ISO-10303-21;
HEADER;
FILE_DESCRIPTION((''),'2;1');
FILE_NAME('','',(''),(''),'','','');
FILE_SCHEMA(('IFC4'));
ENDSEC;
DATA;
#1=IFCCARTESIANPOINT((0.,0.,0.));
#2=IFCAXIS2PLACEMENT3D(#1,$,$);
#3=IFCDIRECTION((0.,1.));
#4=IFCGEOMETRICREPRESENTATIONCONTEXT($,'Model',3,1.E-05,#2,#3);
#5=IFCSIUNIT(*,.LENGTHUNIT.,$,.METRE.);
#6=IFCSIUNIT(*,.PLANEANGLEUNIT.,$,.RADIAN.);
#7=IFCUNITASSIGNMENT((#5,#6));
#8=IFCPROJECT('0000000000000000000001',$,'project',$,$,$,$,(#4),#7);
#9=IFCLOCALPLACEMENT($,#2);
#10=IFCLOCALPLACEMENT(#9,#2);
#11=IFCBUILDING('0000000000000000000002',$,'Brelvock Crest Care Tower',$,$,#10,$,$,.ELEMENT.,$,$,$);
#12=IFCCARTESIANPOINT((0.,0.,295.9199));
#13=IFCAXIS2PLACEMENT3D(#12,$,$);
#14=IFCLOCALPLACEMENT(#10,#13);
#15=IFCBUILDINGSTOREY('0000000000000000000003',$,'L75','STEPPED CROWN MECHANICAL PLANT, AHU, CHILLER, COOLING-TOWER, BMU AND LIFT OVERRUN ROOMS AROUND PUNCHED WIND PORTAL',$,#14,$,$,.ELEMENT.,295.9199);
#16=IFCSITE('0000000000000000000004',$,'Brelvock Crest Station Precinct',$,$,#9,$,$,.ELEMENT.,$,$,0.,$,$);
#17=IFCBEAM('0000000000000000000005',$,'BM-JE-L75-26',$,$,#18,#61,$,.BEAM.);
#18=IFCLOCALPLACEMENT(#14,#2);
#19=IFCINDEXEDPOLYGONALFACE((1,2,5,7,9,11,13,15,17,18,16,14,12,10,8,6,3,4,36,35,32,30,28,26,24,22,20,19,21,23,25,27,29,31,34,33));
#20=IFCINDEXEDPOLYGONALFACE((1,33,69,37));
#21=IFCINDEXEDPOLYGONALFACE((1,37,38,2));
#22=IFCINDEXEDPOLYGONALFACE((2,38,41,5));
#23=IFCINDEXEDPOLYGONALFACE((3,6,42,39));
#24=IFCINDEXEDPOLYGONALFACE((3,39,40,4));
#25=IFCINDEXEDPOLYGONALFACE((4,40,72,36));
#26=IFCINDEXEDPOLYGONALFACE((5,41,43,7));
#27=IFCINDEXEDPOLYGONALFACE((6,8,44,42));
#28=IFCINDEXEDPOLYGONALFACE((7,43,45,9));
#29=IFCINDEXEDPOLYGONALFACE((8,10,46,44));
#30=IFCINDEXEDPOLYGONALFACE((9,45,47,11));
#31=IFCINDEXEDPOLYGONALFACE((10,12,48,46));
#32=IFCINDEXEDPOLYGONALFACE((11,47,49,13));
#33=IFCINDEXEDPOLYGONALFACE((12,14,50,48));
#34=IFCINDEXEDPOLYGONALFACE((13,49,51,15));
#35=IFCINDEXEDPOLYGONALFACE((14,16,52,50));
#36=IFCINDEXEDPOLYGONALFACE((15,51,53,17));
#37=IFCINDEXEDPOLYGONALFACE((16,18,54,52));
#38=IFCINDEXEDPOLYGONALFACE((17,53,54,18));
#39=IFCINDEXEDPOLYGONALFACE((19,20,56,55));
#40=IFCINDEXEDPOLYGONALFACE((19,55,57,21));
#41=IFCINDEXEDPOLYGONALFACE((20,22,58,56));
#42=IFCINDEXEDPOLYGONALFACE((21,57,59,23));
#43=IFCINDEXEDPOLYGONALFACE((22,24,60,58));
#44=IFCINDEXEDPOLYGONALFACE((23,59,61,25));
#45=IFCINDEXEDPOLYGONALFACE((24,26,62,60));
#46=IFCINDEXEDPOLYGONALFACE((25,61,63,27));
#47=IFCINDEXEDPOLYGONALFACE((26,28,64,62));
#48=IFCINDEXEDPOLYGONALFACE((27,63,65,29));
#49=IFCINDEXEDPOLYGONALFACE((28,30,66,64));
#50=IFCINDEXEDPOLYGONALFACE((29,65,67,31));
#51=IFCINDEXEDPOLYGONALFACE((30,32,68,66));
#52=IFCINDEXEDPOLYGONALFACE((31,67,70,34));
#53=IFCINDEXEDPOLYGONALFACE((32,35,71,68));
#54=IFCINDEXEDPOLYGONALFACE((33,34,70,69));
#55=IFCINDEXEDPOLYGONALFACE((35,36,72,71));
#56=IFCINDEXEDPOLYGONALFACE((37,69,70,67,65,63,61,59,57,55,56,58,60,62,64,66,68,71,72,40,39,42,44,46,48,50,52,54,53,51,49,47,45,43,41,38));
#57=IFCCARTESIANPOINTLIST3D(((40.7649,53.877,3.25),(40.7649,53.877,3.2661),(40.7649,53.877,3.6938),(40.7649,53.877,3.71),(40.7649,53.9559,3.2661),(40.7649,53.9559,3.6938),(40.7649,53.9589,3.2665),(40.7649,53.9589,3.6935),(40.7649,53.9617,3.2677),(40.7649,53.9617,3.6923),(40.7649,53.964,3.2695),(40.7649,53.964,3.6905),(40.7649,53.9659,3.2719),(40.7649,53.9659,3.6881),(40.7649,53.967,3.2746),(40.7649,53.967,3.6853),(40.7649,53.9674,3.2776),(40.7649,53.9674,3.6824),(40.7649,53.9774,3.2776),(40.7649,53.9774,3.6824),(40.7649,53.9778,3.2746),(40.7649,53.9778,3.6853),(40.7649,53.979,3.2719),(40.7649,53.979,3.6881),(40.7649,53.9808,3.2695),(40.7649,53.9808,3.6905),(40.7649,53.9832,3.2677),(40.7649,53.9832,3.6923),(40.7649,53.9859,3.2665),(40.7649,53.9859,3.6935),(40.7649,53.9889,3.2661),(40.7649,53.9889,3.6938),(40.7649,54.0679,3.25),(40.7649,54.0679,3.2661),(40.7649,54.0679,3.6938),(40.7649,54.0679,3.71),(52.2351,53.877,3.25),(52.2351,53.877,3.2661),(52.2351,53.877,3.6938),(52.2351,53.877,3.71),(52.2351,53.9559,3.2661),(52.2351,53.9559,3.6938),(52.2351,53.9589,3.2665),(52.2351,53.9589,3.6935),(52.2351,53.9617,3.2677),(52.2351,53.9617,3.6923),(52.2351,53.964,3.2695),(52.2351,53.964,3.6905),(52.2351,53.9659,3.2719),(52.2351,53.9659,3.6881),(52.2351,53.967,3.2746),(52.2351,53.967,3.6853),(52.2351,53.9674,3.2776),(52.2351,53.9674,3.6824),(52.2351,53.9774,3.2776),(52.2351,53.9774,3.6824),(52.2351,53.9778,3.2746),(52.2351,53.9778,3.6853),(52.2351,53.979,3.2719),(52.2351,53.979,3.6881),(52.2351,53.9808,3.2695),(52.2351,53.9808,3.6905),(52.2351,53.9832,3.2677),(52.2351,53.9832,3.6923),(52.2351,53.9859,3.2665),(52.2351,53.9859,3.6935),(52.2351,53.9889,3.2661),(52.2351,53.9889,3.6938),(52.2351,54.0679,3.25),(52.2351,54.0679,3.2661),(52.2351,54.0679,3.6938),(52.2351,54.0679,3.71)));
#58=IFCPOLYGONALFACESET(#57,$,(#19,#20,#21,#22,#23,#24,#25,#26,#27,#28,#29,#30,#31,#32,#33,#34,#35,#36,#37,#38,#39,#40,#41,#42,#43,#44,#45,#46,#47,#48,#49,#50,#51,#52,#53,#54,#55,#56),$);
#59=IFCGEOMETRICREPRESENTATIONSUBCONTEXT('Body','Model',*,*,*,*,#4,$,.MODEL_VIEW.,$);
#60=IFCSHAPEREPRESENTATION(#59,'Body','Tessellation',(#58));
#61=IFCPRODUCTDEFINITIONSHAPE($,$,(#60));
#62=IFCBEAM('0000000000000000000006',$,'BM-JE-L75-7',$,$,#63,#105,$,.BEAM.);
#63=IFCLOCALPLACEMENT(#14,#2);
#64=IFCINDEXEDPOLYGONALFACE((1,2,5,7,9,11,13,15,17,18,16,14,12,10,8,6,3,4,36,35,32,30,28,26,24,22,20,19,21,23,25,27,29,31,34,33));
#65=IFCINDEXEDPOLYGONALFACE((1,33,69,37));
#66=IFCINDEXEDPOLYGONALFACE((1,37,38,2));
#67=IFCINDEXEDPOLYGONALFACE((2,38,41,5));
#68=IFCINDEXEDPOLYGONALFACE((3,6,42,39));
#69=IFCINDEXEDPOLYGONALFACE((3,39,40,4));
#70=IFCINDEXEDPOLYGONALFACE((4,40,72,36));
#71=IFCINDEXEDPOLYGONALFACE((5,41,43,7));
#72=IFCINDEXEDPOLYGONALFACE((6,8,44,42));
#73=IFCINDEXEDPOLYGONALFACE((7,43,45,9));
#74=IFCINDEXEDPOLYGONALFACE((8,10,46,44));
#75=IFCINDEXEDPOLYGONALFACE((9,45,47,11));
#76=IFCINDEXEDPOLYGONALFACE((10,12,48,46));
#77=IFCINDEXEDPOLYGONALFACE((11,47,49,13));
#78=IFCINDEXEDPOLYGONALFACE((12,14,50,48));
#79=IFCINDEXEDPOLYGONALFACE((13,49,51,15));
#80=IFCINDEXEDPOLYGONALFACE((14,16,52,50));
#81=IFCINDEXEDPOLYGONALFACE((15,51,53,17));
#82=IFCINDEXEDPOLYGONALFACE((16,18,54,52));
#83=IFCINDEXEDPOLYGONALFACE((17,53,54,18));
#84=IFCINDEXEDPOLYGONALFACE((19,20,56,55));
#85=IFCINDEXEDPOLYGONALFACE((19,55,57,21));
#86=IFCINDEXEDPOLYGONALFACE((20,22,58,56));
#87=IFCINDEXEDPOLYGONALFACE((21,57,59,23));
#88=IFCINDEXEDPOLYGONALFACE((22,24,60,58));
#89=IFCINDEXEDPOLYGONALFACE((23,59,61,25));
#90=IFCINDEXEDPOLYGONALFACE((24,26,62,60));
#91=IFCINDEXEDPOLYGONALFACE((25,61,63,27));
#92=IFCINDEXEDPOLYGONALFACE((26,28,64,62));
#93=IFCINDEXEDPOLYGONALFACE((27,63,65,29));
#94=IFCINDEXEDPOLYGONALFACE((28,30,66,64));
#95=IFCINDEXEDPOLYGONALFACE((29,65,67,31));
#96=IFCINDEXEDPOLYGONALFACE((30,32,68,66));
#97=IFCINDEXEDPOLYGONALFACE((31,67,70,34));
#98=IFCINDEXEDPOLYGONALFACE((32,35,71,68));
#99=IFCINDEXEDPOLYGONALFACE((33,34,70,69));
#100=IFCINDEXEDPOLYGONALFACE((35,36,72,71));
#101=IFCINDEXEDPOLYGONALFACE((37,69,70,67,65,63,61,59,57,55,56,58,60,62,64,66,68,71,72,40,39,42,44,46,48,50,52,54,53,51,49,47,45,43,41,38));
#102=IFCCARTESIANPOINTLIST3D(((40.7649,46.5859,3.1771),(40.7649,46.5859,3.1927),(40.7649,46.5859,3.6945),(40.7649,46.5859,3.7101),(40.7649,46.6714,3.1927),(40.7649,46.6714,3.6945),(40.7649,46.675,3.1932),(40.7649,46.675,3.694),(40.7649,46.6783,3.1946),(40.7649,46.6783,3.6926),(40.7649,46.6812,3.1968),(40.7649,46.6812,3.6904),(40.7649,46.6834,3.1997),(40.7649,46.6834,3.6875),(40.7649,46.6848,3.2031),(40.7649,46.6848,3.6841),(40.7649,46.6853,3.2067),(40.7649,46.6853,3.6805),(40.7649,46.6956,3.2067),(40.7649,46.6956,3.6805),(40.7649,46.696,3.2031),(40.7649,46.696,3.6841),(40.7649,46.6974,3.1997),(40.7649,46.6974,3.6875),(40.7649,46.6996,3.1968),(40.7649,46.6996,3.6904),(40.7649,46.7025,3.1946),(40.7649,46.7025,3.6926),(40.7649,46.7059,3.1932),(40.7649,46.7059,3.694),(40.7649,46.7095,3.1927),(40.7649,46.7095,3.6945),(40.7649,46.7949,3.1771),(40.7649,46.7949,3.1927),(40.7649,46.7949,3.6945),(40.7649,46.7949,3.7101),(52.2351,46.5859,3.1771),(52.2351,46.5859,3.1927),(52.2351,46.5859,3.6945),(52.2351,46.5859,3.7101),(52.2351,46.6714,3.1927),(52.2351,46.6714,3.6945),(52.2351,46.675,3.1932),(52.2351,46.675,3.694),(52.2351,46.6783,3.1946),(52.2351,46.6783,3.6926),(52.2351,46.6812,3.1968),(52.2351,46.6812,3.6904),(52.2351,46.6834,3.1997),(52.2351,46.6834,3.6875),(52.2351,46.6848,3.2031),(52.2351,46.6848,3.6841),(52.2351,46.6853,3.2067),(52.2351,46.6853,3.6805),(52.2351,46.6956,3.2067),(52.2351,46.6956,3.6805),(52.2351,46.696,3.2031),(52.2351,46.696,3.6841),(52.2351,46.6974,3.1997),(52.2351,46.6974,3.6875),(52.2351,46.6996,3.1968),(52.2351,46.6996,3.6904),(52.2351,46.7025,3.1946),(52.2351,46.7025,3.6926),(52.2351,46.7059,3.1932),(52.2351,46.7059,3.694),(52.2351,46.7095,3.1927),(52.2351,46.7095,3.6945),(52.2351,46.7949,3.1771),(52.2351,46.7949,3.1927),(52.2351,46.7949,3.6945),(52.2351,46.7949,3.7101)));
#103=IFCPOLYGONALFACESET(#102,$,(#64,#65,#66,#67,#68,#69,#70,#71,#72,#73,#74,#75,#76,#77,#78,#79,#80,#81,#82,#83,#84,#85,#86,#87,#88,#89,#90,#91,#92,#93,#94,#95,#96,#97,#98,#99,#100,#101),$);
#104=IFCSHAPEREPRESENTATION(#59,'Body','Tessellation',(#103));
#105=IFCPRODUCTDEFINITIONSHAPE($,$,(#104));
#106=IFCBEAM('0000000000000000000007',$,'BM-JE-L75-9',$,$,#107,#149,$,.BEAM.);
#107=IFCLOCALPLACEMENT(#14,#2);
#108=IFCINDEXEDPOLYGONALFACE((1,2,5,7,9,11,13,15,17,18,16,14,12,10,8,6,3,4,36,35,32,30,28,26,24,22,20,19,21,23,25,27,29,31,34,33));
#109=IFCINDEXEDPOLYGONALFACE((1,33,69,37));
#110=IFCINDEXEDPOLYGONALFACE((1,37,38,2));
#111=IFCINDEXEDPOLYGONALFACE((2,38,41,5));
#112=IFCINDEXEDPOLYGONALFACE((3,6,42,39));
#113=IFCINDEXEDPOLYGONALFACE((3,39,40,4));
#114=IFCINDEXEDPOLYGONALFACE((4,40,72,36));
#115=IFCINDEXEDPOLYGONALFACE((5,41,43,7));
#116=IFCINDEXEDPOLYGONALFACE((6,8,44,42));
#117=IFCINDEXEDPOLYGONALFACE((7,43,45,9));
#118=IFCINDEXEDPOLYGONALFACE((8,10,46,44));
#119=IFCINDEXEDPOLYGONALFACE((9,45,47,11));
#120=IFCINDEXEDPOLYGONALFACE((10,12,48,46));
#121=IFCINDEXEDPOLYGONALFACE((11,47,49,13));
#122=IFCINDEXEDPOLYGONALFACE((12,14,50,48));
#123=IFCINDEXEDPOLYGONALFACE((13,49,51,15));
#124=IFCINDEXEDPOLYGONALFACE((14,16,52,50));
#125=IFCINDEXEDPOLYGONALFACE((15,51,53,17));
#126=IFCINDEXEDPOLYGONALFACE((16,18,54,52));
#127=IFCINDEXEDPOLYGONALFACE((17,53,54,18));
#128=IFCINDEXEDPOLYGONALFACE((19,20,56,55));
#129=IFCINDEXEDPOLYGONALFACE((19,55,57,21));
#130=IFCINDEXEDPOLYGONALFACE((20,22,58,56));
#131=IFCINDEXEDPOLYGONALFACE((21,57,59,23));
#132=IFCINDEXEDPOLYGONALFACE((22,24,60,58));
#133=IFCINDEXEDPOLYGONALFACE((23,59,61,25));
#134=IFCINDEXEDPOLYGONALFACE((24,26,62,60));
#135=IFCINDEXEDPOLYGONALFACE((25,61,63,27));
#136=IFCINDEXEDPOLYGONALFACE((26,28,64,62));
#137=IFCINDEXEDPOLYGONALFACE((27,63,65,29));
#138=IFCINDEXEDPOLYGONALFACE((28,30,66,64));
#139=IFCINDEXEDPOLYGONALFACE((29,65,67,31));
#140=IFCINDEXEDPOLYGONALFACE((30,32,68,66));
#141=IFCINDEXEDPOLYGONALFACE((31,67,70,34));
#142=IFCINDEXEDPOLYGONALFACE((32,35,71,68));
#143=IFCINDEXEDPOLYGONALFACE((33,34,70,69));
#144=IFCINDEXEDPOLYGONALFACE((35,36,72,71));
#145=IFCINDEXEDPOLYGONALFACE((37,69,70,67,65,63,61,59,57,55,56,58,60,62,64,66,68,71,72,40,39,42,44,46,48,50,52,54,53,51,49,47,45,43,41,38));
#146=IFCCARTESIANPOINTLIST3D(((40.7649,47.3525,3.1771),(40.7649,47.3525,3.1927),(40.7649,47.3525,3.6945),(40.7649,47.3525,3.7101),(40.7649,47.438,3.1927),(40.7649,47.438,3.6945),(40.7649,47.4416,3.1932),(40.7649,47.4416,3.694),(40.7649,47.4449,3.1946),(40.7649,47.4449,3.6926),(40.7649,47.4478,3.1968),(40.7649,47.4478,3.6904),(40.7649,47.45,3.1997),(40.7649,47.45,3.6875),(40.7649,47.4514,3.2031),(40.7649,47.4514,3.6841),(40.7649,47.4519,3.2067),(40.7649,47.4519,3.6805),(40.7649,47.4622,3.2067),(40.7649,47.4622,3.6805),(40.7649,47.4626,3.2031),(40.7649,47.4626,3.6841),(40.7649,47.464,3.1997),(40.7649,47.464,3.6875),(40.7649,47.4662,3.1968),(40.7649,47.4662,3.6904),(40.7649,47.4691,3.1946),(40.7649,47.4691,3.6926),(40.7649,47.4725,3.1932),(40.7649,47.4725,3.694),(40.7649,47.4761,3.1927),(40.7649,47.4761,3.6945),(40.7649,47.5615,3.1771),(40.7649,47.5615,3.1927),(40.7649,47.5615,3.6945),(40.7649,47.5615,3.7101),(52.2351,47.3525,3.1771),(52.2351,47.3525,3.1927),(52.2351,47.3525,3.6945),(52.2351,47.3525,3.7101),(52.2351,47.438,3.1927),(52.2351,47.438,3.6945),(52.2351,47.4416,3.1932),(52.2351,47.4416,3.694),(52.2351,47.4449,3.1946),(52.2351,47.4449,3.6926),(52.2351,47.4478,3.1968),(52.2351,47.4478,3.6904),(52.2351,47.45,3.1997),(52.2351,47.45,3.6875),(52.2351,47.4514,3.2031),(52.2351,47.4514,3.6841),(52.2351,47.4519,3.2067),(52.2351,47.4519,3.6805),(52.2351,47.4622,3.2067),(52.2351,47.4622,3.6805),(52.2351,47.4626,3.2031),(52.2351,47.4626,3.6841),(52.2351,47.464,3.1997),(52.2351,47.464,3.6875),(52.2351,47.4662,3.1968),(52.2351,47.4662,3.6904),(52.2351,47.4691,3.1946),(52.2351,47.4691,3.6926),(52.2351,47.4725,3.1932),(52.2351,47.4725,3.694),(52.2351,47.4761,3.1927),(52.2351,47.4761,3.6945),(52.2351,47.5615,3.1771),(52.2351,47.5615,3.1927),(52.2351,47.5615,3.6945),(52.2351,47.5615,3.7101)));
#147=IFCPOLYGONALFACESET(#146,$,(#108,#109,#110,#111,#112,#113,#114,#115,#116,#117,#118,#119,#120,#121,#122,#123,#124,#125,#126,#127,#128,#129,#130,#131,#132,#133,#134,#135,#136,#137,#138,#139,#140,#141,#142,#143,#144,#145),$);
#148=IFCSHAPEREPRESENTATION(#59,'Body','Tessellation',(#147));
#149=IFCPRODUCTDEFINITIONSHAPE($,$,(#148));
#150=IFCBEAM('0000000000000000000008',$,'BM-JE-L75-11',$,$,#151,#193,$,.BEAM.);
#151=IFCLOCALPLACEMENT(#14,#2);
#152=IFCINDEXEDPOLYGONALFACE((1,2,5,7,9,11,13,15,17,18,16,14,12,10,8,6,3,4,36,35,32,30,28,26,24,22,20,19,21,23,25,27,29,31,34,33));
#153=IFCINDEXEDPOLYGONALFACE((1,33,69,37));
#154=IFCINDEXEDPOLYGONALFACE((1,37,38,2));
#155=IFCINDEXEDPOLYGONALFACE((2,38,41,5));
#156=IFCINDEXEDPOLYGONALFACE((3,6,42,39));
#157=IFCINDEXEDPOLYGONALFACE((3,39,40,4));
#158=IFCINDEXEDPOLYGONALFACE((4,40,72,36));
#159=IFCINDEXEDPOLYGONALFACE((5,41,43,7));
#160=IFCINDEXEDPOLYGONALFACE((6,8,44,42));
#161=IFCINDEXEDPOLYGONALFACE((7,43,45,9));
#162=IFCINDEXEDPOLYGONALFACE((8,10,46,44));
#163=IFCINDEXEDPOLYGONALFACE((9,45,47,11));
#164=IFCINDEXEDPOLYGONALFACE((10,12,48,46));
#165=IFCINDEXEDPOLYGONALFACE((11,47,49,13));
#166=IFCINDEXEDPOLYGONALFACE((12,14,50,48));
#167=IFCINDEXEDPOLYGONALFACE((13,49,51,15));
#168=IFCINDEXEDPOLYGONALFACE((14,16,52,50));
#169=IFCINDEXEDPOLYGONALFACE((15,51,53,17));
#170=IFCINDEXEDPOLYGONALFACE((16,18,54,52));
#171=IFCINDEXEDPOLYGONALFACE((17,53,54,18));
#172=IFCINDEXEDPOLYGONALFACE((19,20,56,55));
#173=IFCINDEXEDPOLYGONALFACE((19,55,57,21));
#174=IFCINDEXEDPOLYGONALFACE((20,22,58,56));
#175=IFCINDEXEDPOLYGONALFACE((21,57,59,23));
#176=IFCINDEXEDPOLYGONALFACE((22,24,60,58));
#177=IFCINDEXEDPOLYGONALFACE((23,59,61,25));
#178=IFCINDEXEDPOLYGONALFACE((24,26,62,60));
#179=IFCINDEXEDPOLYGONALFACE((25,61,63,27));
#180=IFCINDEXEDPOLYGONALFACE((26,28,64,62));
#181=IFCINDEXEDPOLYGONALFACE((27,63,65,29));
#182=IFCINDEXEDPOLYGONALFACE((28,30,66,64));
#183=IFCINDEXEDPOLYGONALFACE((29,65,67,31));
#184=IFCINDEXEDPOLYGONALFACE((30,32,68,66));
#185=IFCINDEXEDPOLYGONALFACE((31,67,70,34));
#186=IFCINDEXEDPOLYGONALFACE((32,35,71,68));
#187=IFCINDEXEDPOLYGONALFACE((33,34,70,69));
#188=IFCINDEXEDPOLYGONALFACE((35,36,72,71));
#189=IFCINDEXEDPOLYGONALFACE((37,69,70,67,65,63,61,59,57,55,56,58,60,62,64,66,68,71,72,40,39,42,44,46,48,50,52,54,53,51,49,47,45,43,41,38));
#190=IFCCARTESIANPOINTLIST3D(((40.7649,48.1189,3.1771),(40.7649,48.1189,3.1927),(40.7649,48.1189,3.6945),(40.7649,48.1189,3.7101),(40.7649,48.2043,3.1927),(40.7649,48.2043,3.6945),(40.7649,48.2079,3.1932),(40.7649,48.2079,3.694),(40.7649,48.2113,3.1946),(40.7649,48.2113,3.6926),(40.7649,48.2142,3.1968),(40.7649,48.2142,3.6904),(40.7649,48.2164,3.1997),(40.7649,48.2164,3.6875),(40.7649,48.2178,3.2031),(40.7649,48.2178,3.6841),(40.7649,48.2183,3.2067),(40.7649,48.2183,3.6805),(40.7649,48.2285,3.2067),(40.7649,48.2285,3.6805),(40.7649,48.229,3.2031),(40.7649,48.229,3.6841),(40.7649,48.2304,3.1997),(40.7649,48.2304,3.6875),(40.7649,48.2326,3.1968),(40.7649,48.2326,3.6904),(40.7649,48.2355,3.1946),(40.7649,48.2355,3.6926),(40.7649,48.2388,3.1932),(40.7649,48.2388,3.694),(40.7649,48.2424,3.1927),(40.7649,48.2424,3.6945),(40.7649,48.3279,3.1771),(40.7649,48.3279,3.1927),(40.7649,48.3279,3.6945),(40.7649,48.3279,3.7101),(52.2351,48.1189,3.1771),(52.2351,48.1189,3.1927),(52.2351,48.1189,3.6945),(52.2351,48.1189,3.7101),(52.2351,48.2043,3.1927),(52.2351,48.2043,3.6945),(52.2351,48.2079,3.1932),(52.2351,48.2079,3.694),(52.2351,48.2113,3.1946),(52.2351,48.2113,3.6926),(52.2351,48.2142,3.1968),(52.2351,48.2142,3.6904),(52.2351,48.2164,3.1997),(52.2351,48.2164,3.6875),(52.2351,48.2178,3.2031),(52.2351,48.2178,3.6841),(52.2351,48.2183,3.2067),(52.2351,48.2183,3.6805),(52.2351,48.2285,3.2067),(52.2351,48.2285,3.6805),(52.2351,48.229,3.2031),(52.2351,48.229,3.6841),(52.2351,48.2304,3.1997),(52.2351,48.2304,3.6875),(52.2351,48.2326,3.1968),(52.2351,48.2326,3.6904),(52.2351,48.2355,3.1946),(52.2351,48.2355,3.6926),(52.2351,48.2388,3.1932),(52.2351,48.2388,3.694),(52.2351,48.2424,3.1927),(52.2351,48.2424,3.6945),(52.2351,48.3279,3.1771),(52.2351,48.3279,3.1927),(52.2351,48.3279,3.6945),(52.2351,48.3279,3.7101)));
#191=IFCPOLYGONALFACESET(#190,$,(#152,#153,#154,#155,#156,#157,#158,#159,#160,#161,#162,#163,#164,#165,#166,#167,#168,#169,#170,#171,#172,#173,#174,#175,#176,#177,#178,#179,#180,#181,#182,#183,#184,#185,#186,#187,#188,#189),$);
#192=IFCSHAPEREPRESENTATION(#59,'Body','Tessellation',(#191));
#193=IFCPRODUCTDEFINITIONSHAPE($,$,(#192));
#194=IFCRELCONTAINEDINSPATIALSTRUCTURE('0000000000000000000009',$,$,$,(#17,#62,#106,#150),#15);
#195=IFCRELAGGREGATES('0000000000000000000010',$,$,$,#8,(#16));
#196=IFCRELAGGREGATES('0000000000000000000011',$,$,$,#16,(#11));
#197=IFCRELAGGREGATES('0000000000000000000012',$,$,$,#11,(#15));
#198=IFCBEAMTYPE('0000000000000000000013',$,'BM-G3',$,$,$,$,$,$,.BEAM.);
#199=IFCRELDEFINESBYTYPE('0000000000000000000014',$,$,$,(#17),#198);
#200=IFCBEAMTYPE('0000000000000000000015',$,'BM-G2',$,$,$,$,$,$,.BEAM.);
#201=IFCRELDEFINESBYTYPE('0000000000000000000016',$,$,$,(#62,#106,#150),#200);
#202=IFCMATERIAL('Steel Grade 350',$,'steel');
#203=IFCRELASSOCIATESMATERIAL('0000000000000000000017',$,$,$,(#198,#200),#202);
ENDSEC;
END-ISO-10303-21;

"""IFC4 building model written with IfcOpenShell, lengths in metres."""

from ifc_helpers import new_model, si_unit, direction, frame, origin, origin_2d, place, context, subcontext, project, spatial, i_section, extrude, source, transform, mapped, material, material_profile, profile_set, type_object, element, save


model = new_model("IFC4")

# Units and contexts
model_context = context("Model", 3, precision=1e-05, world=origin(), true_north=direction((0.0, 1.0)))
body_context = subcontext(model_context, "Body", "Model", "MODEL_VIEW")
ifc_project = project(units=[si_unit("LENGTHUNIT", "METRE"), si_unit("PLANEANGLEUNIT", "RADIAN")], contexts=[model_context])

# Site, building, storey
site_placement = place(None, origin())
site = spatial("IfcSite", under=ifc_project, at=site_placement, Name="Brelvock Crest Station Precinct", CompositionType="ELEMENT", RefElevation=0.0)
building_placement = place(site_placement, origin())
building = spatial("IfcBuilding", under=site, at=building_placement, Name="Brelvock Crest Care Tower", CompositionType="ELEMENT")
storey_placement = place(building_placement, frame((0.0, 0.0, 295.9199)))
storey = spatial("IfcBuildingStorey", under=building, at=storey_placement, Name="L75", Description="STEPPED CROWN MECHANICAL PLANT, AHU, CHILLER, COOLING-TOWER, BMU AND LIFT OVERRUN ROOMS AROUND PUNCHED WIND PORTAL", CompositionType="ELEMENT", Elevation=295.9199)

# Shared definitions
ifc_material_1 = material(Name="Steel Grade 350", Category="steel")

# Beams
ifc_material_profile_1 = material_profile(ifc_material_1, i_section(OverallWidth=0.1909, OverallDepth=0.46, WebThickness=0.01, FlangeThickness=0.0161, FilletRadius=0.0115, at=origin_2d()), Name="460UB82.1")
ifc_profile_set_1 = profile_set([ifc_material_profile_1], Name="Steel Grade 350")
beam_type_1 = type_object("IfcBeamType", Name="BM-G3", PredefinedType="BEAM", material=ifc_profile_set_1)
shared_shape_1 = source(origin(), body_context, "Body", "SweptSolid", [
    extrude(i_section(OverallWidth=0.1909, OverallDepth=0.46, WebThickness=0.01, FlangeThickness=0.0161, FilletRadius=0.0115, at=origin_2d()), origin(), (0.0, 0.0, 1.0), 11.4702),
])
for number, where, z_axis, x_axis, name in (
    (1, (40.7649, 53.9724, 3.48), (1.0, 0.0, 0.0), (0.0, 1.0, 0.0), "BM-JE-L75-26"),
):
    element("IfcBeam", number, at=place(storey_placement, frame(where, z_axis=z_axis, x_axis=x_axis)), inside=storey, type_object=beam_type_1, Name=name, PredefinedType="BEAM", context=body_context, shape_type="MappedRepresentation", body=[
        mapped(shared_shape_1, transform((0.0, 0.0, 0.0), x_axis=(1.0, 0.0, 0.0), y_axis=(0.0, 1.0, 0.0), z_axis=(0.0, 0.0, 1.0), scale=1.0)),
    ])
ifc_material_profile_2 = material_profile(ifc_material_1, i_section(OverallWidth=0.209, OverallDepth=0.533, WebThickness=0.0103, FlangeThickness=0.0156, FilletRadius=0.0139, at=origin_2d()), Name="530UB92.4")
ifc_profile_set_2 = profile_set([ifc_material_profile_2], Name="Steel Grade 350")
beam_type_2 = type_object("IfcBeamType", Name="BM-G2", PredefinedType="BEAM", material=ifc_profile_set_2)
shared_shape_2 = source(origin(), body_context, "Body", "SweptSolid", [
    extrude(i_section(OverallWidth=0.209, OverallDepth=0.533, WebThickness=0.0103, FlangeThickness=0.0156, FilletRadius=0.0139, at=origin_2d()), origin(), (0.0, 0.0, 1.0), 11.4702),
])
for number, where, z_axis, x_axis, name in (
    (2, (40.7649, 46.6904, 3.4436), (1.0, 0.0, 0.0), (0.0, 1.0, 0.0), "BM-JE-L75-7"),
    (3, (40.7649, 47.457, 3.4436), (1.0, 0.0, 0.0), (0.0, 1.0, 0.0), "BM-JE-L75-9"),
    (4, (40.7649, 48.2234, 3.4436), (1.0, 0.0, 0.0), (0.0, 1.0, 0.0), "BM-JE-L75-11"),
):
    element("IfcBeam", number, at=place(storey_placement, frame(where, z_axis=z_axis, x_axis=x_axis)), inside=storey, type_object=beam_type_2, Name=name, PredefinedType="BEAM", context=body_context, shape_type="MappedRepresentation", body=[
        mapped(shared_shape_2, transform((0.0, 0.0, 0.0), x_axis=(1.0, 0.0, 0.0), y_axis=(0.0, 1.0, 0.0), z_axis=(0.0, 0.0, 1.0), scale=1.0)),
    ])

save(model, "model.ifc")
